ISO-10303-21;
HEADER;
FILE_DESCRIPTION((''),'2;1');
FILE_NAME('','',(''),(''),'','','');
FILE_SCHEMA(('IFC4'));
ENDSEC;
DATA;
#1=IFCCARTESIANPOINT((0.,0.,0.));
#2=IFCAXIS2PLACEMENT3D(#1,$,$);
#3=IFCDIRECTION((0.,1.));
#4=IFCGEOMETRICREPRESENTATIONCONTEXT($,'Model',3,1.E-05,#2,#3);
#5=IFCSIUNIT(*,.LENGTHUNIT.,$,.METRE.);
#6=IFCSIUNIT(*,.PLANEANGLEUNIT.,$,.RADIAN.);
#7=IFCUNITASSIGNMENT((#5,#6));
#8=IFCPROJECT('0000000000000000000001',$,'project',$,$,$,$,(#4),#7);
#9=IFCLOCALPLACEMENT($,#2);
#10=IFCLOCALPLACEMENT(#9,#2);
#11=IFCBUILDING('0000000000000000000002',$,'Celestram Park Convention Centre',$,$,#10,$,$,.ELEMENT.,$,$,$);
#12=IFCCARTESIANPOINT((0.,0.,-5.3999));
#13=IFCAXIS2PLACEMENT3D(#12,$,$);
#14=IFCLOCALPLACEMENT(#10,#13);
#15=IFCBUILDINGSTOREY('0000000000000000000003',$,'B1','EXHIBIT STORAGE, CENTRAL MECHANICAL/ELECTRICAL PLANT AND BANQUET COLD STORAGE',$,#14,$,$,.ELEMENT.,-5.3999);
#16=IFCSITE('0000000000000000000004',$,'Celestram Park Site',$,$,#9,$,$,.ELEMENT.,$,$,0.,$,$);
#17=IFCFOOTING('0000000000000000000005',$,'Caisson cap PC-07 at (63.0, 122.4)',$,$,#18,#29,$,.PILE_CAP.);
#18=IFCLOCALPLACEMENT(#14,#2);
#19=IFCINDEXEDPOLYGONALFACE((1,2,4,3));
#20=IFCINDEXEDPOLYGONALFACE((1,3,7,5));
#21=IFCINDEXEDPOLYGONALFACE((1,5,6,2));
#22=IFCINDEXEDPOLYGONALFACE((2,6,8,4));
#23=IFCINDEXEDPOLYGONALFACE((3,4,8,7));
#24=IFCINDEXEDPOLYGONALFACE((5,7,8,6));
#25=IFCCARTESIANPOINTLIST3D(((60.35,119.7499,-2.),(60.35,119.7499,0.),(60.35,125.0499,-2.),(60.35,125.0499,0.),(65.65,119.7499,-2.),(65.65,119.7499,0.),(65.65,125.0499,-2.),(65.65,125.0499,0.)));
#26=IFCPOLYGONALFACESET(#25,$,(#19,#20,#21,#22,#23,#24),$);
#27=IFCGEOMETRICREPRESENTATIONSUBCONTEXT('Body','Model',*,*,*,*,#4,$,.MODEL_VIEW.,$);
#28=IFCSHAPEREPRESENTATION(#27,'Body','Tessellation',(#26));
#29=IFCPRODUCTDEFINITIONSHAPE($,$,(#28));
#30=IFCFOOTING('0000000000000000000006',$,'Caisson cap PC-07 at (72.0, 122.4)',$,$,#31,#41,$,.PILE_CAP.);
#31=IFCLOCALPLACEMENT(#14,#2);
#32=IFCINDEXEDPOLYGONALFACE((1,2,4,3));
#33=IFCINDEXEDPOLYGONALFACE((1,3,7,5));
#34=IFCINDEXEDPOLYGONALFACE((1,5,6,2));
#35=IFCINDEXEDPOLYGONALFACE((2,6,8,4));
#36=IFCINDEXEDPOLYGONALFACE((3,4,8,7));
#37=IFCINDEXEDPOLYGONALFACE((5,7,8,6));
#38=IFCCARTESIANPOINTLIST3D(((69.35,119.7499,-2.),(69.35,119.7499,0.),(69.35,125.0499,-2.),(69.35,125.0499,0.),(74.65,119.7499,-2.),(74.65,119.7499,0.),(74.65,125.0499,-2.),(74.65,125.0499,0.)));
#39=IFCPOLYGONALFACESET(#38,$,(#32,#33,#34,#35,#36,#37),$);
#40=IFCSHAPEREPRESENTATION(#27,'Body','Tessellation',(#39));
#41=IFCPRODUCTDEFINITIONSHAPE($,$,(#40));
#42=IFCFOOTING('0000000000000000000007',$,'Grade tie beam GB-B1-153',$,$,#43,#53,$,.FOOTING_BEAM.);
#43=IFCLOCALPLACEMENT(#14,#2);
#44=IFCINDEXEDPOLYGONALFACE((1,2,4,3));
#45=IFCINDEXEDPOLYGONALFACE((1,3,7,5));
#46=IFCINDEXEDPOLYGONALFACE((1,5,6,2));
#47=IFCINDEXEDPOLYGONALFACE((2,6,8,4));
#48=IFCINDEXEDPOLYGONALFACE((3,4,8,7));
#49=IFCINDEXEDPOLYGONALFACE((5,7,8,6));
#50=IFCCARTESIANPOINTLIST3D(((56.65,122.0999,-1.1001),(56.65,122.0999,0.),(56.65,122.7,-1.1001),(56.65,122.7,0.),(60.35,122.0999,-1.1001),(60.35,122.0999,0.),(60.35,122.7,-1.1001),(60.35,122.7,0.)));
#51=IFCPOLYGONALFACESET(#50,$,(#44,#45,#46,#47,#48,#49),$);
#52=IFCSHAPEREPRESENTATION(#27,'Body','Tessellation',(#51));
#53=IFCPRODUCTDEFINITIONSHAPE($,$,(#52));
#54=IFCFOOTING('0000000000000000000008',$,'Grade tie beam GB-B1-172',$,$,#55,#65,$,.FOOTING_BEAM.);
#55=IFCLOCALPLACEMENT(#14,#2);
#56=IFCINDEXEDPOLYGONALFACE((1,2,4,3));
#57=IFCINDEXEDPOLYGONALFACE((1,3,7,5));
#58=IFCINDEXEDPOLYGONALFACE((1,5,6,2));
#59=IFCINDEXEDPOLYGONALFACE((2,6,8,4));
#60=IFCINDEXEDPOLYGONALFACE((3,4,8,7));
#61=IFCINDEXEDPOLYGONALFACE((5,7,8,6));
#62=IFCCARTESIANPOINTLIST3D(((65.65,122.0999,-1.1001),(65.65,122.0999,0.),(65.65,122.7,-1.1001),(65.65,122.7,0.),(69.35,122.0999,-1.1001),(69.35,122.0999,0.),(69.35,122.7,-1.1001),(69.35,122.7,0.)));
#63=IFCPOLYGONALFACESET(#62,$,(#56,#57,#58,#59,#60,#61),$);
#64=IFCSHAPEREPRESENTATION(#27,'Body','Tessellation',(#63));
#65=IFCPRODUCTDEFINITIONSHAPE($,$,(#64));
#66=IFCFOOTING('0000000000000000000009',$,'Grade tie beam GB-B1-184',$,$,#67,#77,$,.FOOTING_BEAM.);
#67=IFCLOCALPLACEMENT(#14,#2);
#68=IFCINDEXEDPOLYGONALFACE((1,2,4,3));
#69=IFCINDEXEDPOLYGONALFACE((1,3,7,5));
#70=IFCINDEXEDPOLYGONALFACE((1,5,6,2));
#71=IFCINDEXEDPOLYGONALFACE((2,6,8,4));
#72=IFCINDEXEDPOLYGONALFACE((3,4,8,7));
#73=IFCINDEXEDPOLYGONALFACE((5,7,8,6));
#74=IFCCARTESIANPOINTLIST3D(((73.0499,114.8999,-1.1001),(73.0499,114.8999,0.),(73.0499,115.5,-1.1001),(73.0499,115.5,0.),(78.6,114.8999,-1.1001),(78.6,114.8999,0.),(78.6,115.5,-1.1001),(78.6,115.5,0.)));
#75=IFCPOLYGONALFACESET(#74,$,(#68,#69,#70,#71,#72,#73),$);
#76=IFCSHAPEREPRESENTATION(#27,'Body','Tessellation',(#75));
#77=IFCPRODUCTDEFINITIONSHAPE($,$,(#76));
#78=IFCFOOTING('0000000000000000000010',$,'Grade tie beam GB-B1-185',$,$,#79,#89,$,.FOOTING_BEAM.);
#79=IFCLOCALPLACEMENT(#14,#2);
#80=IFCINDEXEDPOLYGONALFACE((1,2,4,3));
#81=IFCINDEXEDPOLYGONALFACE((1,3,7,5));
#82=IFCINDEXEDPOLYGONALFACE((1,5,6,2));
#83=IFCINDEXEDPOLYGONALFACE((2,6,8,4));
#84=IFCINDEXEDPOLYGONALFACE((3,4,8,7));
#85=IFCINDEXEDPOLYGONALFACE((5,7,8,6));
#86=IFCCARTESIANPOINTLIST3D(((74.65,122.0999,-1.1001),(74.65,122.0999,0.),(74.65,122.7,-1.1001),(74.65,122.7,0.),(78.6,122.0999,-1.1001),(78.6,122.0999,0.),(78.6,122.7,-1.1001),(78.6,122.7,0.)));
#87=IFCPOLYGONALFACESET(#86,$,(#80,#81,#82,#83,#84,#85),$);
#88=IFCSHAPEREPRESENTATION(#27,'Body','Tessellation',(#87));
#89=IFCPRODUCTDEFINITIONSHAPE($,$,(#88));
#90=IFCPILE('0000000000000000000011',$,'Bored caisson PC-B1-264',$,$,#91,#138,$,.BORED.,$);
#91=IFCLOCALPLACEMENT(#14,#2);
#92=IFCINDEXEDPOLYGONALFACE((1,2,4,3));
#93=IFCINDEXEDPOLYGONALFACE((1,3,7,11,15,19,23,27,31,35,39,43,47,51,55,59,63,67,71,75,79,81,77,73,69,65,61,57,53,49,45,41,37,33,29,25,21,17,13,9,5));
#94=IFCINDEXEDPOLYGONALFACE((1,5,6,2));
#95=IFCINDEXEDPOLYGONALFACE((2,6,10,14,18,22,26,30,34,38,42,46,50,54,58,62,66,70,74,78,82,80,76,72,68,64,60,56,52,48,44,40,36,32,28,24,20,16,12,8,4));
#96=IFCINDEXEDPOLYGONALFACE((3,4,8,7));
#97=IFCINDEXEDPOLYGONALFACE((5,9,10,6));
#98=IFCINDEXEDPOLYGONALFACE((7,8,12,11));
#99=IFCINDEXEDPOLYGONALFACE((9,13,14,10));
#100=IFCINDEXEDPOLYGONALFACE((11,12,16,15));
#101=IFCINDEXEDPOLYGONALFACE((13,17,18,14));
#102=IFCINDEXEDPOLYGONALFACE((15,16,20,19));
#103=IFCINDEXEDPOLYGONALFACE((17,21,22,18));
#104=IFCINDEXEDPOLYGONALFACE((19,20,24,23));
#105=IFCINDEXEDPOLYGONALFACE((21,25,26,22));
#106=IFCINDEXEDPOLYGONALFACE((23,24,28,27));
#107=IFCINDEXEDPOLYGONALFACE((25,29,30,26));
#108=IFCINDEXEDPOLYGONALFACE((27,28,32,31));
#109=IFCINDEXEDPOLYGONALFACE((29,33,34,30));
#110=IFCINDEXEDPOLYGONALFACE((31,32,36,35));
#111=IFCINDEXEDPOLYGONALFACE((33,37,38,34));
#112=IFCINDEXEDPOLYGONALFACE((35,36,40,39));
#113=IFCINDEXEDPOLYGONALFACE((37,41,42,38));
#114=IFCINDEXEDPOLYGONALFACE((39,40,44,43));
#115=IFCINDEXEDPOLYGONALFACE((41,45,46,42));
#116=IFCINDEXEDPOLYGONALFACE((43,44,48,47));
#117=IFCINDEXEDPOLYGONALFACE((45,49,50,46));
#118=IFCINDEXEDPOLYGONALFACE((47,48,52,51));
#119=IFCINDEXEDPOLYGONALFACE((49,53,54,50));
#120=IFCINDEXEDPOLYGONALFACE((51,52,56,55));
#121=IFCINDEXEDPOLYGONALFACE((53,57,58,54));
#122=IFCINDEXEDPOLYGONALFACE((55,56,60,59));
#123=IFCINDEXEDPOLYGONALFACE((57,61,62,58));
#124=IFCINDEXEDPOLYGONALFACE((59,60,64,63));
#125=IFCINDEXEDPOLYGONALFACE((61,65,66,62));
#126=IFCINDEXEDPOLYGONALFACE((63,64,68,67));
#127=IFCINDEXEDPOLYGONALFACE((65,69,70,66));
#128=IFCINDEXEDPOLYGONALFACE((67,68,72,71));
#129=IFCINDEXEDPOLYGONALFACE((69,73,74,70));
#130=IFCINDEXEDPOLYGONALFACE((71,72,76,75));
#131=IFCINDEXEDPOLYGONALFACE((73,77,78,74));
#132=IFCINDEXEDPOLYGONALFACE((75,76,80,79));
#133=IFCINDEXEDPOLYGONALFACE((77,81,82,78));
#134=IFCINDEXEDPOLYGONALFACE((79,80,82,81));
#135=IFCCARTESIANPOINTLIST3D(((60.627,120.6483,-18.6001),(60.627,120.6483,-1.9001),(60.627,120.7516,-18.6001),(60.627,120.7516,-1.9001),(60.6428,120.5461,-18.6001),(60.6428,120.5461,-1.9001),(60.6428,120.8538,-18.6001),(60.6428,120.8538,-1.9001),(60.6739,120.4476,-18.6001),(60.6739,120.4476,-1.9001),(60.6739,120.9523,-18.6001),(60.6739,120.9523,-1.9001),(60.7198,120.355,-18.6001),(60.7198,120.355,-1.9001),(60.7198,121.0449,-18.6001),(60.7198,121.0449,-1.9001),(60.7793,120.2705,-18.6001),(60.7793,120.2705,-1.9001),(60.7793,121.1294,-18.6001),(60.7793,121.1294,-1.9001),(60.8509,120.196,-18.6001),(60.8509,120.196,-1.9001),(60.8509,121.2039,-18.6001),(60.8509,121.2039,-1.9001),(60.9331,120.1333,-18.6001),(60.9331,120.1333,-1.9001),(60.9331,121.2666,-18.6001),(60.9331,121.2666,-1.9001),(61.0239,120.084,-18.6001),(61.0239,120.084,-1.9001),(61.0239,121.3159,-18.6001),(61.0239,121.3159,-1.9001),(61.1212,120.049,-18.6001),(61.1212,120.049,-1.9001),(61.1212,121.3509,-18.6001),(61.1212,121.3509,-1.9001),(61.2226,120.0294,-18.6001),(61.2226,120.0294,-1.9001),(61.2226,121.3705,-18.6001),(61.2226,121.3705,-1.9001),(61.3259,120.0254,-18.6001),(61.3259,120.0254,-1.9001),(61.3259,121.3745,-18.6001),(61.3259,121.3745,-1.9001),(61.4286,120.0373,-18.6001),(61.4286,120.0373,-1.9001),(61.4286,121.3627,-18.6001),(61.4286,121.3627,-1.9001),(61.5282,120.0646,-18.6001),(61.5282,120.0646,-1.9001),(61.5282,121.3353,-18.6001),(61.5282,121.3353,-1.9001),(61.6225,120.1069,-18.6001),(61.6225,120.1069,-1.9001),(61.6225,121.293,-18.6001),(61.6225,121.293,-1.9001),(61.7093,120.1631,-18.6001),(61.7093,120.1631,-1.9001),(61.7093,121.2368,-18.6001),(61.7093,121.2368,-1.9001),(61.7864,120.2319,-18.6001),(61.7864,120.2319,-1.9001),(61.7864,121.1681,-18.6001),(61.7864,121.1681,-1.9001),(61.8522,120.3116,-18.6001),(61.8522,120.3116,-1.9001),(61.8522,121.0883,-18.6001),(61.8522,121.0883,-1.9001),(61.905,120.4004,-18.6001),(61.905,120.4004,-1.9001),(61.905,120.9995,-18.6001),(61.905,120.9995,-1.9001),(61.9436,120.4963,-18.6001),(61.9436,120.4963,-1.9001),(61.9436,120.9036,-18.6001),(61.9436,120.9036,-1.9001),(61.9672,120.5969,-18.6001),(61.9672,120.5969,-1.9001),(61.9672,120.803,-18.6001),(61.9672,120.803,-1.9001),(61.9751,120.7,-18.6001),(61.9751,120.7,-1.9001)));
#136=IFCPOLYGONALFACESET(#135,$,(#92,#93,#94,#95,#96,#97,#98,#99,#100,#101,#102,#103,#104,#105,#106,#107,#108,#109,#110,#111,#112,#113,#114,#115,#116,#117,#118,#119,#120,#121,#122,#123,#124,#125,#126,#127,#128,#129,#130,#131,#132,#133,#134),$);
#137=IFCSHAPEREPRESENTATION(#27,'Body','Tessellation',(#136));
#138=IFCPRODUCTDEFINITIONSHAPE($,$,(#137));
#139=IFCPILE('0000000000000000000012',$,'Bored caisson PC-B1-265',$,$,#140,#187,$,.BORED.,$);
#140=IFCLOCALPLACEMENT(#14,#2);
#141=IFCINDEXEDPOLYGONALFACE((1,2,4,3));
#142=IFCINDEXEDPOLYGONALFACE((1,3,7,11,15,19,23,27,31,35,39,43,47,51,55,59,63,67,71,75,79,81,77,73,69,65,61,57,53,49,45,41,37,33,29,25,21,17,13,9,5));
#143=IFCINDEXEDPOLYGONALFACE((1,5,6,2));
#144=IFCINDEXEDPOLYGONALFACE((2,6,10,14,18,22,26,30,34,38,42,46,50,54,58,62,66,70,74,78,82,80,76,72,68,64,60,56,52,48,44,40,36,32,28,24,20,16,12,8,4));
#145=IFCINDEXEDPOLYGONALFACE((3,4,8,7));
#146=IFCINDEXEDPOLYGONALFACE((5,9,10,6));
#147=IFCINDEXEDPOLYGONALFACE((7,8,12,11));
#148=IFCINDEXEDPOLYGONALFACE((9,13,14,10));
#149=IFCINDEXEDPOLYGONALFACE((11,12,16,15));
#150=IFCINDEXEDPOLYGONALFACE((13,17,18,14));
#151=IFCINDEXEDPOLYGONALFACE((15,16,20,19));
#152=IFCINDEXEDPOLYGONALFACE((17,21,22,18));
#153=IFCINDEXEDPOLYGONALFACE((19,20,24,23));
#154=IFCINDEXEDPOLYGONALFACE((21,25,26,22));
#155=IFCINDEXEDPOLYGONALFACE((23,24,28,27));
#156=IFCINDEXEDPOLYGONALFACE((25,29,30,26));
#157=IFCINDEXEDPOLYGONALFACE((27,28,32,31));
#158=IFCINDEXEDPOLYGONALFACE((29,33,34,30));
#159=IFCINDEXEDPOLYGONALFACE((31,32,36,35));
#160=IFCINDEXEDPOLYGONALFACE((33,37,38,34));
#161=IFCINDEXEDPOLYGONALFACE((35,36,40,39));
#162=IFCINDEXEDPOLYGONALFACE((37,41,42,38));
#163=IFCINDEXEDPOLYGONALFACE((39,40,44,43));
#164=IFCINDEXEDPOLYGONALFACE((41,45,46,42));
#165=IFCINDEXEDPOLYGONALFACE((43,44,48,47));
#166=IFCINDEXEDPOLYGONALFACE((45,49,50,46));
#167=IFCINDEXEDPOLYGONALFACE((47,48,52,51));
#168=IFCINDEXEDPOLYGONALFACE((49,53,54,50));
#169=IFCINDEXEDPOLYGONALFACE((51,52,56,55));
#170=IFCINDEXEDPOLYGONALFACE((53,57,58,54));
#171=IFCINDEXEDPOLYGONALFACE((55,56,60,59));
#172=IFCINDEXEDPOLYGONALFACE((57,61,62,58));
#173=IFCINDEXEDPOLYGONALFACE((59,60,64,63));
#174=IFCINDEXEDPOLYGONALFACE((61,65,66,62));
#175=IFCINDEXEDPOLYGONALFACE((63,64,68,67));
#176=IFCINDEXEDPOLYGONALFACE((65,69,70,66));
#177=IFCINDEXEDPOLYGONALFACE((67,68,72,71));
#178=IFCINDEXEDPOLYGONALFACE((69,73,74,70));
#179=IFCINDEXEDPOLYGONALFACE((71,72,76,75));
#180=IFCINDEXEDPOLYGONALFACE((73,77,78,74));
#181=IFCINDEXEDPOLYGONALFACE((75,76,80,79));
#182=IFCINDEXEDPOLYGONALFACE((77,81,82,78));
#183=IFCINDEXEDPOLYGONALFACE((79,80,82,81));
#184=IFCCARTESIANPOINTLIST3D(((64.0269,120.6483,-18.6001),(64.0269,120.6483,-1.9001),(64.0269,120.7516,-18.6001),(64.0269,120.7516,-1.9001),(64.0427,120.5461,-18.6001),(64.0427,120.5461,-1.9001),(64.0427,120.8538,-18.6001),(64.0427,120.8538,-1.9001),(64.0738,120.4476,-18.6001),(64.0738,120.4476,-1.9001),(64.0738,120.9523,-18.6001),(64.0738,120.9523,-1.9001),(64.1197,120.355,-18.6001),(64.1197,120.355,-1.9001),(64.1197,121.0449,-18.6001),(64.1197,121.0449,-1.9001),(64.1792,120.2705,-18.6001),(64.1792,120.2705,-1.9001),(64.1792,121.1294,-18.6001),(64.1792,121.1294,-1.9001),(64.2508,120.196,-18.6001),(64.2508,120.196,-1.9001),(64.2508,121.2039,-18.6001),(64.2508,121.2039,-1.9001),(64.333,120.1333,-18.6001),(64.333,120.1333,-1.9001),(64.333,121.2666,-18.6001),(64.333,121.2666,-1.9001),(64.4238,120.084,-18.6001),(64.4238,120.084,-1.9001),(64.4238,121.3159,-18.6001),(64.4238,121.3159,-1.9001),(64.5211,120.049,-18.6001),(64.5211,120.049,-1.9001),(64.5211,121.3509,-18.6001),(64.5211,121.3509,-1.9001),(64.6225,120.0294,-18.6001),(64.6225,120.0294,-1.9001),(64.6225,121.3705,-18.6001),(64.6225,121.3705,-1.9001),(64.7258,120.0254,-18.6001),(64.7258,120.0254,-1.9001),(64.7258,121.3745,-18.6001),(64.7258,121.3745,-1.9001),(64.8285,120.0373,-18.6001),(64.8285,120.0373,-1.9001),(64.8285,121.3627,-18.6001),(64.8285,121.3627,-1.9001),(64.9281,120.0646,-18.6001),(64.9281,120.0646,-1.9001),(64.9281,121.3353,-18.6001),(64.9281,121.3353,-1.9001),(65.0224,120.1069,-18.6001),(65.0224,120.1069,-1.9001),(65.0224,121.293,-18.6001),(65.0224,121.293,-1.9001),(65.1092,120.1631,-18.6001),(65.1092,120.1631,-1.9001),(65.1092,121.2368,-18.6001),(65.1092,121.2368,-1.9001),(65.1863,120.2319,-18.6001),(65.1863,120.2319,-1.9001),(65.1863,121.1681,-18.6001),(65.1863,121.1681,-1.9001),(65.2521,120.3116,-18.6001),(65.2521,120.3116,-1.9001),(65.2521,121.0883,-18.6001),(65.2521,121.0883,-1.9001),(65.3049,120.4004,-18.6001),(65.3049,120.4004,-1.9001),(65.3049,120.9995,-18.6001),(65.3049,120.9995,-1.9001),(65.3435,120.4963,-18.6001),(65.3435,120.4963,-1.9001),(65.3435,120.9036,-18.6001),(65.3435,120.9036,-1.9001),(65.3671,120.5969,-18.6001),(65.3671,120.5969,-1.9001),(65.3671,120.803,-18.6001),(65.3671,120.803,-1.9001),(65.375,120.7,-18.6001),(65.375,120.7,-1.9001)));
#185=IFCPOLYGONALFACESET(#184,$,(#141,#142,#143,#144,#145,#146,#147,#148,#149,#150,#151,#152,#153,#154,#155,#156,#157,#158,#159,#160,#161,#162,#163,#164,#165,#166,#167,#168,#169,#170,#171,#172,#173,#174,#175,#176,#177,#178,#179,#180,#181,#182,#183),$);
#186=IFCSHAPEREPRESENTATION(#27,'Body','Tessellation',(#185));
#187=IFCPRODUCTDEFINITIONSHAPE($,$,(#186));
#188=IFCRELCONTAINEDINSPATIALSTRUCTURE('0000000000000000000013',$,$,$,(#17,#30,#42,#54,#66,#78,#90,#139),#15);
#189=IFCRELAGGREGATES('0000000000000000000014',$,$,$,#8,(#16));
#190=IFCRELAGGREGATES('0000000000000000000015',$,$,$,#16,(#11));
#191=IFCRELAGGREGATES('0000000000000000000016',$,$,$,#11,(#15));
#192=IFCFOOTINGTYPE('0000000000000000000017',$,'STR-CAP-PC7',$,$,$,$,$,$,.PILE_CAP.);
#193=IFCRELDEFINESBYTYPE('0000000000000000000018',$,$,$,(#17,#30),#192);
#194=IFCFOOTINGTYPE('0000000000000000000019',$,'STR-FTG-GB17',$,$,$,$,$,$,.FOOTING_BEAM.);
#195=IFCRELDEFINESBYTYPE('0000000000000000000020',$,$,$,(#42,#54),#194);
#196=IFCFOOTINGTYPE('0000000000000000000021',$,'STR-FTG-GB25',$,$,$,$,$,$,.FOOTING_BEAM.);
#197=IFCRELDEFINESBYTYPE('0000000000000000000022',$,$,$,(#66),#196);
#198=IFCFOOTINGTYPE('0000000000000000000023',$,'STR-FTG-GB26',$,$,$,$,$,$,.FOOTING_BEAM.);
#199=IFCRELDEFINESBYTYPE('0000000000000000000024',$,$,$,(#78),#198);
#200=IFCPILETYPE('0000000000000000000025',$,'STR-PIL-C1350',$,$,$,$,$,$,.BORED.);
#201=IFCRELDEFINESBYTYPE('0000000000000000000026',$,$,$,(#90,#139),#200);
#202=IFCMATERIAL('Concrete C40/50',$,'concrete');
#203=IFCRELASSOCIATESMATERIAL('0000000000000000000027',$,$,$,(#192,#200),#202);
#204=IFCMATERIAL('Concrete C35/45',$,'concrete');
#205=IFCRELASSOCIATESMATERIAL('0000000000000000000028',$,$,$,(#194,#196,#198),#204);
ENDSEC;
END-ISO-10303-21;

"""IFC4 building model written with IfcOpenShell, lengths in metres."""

from ifc_helpers import new_model, si_unit, direction, frame, origin, origin_2d, place, context, subcontext, project, spatial, rectangle, circle, extrude, material, material_profile, profile_set, type_object, element, save


model = new_model("IFC4")

# Units and contexts
model_context = context("Model", 3, precision=1e-05, world=origin(), true_north=direction((0.0, 1.0)))
body_context = subcontext(model_context, "Body", "Model", "MODEL_VIEW")
ifc_project = project(units=[si_unit("LENGTHUNIT", "METRE"), si_unit("PLANEANGLEUNIT", "RADIAN")], contexts=[model_context])

# Site, building, storey
site_placement = place(None, origin())
site = spatial("IfcSite", under=ifc_project, at=site_placement, Name="Celestram Park Site", CompositionType="ELEMENT", RefElevation=0.0)
building_placement = place(site_placement, origin())
building = spatial("IfcBuilding", under=site, at=building_placement, Name="Celestram Park Convention Centre", CompositionType="ELEMENT")
storey_placement = place(building_placement, frame((0.0, 0.0, -5.3999)))
storey = spatial("IfcBuildingStorey", under=building, at=storey_placement, Name="B1", Description="EXHIBIT STORAGE, CENTRAL MECHANICAL/ELECTRICAL PLANT AND BANQUET COLD STORAGE", CompositionType="ELEMENT", Elevation=-5.3999)

# Footings
ifc_material_1 = material(Name="Concrete C40/50", Category="concrete")
footing_type_1 = type_object("IfcFootingType", Name="STR-CAP-PC7", PredefinedType="PILE_CAP", material=ifc_material_1)
for number, where, z_axis, x_axis, name in (
    (1, (63.0, 122.3999, -2.0), (0.0, 0.0, 1.0), (1.0, 0.0, 0.0), "Caisson cap PC-07 at (63.0, 122.4)"),
    (2, (72.0, 122.3999, -2.0), (0.0, 0.0, 1.0), (1.0, 0.0, 0.0), "Caisson cap PC-07 at (72.0, 122.4)"),
):
    element("IfcFooting", number, at=place(storey_placement, frame(where, z_axis=z_axis, x_axis=x_axis)), inside=storey, type_object=footing_type_1, Name=name, PredefinedType="PILE_CAP", context=body_context, shape_type="SweptSolid", body=[
        extrude(rectangle(XDim=5.3, YDim=5.3, at=origin_2d()), origin(), (0.0, 0.0, 1.0), 2.0),
    ])
ifc_material_2 = material(Name="Concrete C35/45", Category="concrete")
footing_type_2 = type_object("IfcFootingType", Name="STR-FTG-GB17", PredefinedType="FOOTING_BEAM", material=ifc_material_2)
for number, where, z_axis, x_axis, name in (
    (3, (58.5, 122.3999, -1.1001), (0.0, 0.0, 1.0), (1.0, 0.0, 0.0), "Grade tie beam GB-B1-153"),
    (4, (67.5, 122.3999, -1.1001), (0.0, 0.0, 1.0), (1.0, 0.0, 0.0), "Grade tie beam GB-B1-172"),
):
    element("IfcFooting", number, at=place(storey_placement, frame(where, z_axis=z_axis, x_axis=x_axis)), inside=storey, type_object=footing_type_2, Name=name, PredefinedType="FOOTING_BEAM", context=body_context, shape_type="SweptSolid", body=[
        extrude(rectangle(XDim=3.7, YDim=0.6001, at=origin_2d()), origin(), (0.0, 0.0, 1.0), 1.1001),
    ])
footing_type_3 = type_object("IfcFootingType", Name="STR-FTG-GB25", PredefinedType="FOOTING_BEAM", material=ifc_material_2)
footing_1_placement = place(storey_placement, frame((75.825, 115.2, -1.1001), z_axis=(0.0, 0.0, 1.0), x_axis=(1.0, 0.0, 0.0)))
element("IfcFooting", 5, at=footing_1_placement, inside=storey, type_object=footing_type_3, Name="Grade tie beam GB-B1-184", PredefinedType="FOOTING_BEAM", context=body_context, shape_type="SweptSolid", body=[
    extrude(rectangle(XDim=5.55, YDim=0.6001, at=origin_2d()), origin(), (0.0, 0.0, 1.0), 1.1001),
])
footing_type_4 = type_object("IfcFootingType", Name="STR-FTG-GB26", PredefinedType="FOOTING_BEAM", material=ifc_material_2)
footing_2_placement = place(storey_placement, frame((76.625, 122.3999, -1.1001), z_axis=(0.0, 0.0, 1.0), x_axis=(1.0, 0.0, 0.0)))
element("IfcFooting", 6, at=footing_2_placement, inside=storey, type_object=footing_type_4, Name="Grade tie beam GB-B1-185", PredefinedType="FOOTING_BEAM", context=body_context, shape_type="SweptSolid", body=[
    extrude(rectangle(XDim=3.95, YDim=0.6001, at=origin_2d()), origin(), (0.0, 0.0, 1.0), 1.1001),
])

# Piles
ifc_material_profile_1 = material_profile(ifc_material_1, circle(Radius=0.675, at=origin_2d()), Name="CAISSON1350")
ifc_profile_set_1 = profile_set([ifc_material_profile_1], Name="Concrete C40/50")
pile_type = type_object("IfcPileType", Name="STR-PIL-C1350", PredefinedType="BORED", material=ifc_profile_set_1)
for number, where, z_axis, x_axis, name in (
    (7, (61.3, 120.7, -1.9001), (0.0, 0.0, -1.0), (1.0, 0.0, 0.0), "Bored caisson PC-B1-264"),
    (8, (64.7, 120.7, -1.9001), (0.0, 0.0, -1.0), (1.0, 0.0, 0.0), "Bored caisson PC-B1-265"),
):
    element("IfcPile", number, at=place(storey_placement, frame(where, z_axis=z_axis, x_axis=x_axis)), inside=storey, type_object=pile_type, Name=name, PredefinedType="BORED", context=body_context, shape_type="SweptSolid", body=[
        extrude(circle(Radius=0.675, at=origin_2d()), origin(), (0.0, 0.0, 1.0), 16.7),
    ])

save(model, "model.ifc")
